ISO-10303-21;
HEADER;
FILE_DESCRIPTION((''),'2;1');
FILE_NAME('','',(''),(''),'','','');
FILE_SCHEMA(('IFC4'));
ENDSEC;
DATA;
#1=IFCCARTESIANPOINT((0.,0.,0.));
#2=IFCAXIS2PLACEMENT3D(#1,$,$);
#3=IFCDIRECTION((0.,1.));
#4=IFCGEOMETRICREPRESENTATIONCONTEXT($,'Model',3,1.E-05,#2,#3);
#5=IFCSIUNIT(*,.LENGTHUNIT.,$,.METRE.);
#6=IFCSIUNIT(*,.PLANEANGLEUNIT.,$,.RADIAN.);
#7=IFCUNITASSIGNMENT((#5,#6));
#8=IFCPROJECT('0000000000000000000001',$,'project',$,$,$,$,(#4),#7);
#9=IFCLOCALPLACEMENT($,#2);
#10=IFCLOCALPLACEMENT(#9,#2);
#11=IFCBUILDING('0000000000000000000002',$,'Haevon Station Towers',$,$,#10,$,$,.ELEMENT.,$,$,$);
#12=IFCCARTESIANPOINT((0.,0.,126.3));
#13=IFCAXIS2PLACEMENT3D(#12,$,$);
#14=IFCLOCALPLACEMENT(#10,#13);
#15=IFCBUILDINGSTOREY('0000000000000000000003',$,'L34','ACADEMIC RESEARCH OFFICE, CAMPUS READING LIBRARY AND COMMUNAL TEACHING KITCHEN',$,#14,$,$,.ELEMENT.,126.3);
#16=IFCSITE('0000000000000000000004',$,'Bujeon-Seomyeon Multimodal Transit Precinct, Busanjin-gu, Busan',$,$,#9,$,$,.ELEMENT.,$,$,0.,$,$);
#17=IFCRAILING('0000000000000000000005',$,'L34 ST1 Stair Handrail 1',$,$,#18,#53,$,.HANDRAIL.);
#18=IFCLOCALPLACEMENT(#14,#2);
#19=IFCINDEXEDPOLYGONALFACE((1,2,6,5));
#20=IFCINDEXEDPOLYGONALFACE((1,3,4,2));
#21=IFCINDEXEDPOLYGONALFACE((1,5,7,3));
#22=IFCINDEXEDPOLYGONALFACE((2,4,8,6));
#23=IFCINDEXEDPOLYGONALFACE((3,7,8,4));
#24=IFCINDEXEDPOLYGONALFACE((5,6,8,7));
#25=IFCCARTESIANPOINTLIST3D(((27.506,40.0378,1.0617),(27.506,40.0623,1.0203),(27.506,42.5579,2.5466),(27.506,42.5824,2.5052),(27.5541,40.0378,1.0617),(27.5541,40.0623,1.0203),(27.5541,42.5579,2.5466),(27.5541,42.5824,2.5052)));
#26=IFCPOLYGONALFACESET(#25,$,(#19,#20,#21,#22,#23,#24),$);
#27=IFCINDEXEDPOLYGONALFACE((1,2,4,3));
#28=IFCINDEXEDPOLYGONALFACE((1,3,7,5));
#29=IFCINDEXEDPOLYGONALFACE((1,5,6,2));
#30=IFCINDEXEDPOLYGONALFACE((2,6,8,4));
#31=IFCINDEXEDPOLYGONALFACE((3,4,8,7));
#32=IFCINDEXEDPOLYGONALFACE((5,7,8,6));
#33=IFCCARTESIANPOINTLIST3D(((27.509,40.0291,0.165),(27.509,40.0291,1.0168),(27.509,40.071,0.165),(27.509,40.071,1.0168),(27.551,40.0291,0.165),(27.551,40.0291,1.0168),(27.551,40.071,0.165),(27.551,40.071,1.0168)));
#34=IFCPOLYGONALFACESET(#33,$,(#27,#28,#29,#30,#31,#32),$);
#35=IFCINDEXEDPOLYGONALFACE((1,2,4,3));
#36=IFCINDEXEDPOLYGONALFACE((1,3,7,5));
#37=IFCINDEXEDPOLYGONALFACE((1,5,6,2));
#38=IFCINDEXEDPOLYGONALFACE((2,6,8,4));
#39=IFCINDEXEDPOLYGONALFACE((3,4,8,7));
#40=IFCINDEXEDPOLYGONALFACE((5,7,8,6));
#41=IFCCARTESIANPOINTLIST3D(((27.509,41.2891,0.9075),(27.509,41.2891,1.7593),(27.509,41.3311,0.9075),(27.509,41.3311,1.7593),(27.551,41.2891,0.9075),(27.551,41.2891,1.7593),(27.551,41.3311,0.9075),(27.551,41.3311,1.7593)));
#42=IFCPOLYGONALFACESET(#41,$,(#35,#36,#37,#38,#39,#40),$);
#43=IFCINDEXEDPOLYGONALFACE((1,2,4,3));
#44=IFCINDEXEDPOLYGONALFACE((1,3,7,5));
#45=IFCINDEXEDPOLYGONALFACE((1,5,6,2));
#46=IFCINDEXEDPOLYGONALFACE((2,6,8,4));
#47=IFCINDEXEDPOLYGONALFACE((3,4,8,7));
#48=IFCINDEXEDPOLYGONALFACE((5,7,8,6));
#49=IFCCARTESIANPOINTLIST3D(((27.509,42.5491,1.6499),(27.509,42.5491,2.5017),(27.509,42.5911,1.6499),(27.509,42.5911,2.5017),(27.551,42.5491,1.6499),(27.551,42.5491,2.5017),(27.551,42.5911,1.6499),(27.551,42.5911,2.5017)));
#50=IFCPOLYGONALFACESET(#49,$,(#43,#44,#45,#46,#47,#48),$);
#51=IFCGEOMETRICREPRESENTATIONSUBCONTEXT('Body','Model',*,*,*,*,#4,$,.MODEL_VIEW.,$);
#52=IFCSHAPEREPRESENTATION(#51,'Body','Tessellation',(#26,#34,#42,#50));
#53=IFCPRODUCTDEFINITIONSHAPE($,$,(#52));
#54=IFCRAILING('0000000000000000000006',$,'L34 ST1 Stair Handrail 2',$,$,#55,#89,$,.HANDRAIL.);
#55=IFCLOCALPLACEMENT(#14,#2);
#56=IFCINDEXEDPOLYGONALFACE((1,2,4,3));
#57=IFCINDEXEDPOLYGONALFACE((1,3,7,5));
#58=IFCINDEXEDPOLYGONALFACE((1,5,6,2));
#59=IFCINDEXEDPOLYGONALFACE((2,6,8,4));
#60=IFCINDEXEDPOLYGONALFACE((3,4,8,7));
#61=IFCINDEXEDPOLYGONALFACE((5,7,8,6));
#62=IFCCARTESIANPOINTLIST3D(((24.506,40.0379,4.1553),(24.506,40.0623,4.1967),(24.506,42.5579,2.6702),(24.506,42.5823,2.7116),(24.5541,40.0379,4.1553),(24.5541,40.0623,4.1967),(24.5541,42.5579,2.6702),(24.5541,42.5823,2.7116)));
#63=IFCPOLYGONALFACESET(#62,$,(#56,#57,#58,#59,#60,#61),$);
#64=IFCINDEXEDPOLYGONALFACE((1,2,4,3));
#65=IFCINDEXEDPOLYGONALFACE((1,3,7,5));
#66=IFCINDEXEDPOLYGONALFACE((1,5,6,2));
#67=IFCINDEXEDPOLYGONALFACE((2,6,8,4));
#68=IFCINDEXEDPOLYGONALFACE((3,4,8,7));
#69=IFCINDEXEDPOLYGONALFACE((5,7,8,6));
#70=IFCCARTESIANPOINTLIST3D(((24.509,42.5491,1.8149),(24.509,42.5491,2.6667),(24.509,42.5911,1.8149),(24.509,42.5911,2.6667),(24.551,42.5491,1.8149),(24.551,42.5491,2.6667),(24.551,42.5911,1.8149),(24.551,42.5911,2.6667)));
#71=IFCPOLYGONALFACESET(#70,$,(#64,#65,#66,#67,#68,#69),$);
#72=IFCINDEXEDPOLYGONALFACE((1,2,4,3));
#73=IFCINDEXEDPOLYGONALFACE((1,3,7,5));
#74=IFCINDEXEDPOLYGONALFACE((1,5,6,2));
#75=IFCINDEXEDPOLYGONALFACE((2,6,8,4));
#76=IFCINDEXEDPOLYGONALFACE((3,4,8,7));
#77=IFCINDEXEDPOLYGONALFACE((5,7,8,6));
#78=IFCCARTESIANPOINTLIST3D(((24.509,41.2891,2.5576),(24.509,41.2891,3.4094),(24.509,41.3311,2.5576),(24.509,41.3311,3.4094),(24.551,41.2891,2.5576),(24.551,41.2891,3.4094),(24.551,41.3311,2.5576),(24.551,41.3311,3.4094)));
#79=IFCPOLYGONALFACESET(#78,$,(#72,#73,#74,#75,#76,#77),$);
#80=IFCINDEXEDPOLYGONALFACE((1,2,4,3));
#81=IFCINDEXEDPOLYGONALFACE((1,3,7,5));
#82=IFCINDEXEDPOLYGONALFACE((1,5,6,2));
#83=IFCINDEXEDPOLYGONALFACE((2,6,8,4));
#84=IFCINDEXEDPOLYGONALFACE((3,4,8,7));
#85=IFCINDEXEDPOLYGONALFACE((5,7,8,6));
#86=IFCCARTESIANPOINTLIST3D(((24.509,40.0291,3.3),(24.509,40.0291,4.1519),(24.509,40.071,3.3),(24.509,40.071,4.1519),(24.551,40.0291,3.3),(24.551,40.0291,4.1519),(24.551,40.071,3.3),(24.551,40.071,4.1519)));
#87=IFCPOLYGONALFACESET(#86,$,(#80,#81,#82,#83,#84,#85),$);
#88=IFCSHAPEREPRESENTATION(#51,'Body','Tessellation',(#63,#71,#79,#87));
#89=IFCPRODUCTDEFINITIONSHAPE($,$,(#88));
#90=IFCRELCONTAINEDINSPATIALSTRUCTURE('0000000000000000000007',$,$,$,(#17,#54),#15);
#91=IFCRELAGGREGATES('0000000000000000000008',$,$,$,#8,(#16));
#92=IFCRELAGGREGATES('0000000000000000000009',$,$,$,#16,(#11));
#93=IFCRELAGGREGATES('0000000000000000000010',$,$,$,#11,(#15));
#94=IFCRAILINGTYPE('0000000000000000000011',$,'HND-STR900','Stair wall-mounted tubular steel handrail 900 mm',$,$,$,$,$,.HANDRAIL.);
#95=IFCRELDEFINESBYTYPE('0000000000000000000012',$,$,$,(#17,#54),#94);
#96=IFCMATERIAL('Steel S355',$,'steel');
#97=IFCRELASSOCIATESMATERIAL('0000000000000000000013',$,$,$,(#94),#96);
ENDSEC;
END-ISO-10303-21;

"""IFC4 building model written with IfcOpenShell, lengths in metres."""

from ifc_helpers import new_model, si_unit, direction, frame, origin, origin_2d, place, context, subcontext, project, spatial, rectangle, extrude, material, type_object, element, save


model = new_model("IFC4")

# Units and contexts
model_context = context("Model", 3, precision=1e-05, world=origin(), true_north=direction((0.0, 1.0)))
body_context = subcontext(model_context, "Body", "Model", "MODEL_VIEW")
ifc_project = project(units=[si_unit("LENGTHUNIT", "METRE"), si_unit("PLANEANGLEUNIT", "RADIAN")], contexts=[model_context])

# Site, building, storey
site_placement = place(None, origin())
site = spatial("IfcSite", under=ifc_project, at=site_placement, Name="Bujeon-Seomyeon Multimodal Transit Precinct, Busanjin-gu, Busan", CompositionType="ELEMENT", RefElevation=0.0)
building_placement = place(site_placement, origin())
building = spatial("IfcBuilding", under=site, at=building_placement, Name="Haevon Station Towers", CompositionType="ELEMENT")
storey_placement = place(building_placement, frame((0.0, 0.0, 126.3)))
storey = spatial("IfcBuildingStorey", under=building, at=storey_placement, Name="L34", Description="ACADEMIC RESEARCH OFFICE, CAMPUS READING LIBRARY AND COMMUNAL TEACHING KITCHEN", CompositionType="ELEMENT", Elevation=126.3)

# Shared definitions
ifc_material_1 = material(Name="Steel S355", Category="steel")

# Railings
railing_type_1 = type_object("IfcRailingType", Name="HND-STR900", Description="Stair wall-mounted tubular steel handrail 900 mm", PredefinedType="HANDRAIL", material=ifc_material_1)
railing_1_placement = place(storey_placement, frame((27.53, 40.05, 0.165)))
element("IfcRailing", 1, at=railing_1_placement, inside=storey, type_object=railing_type_1, Name="L34 ST1 Stair Handrail 1", PredefinedType="HANDRAIL", context=body_context, shape_type="SweptSolid", body=[
    extrude(rectangle(XDim=0.0481, YDim=0.0481, at=origin_2d()), frame((0.0, 0.0, 0.876), z_axis=(0.0, 0.861561, 0.507655), x_axis=(-1.0, 0.0, 0.0)), (0.0, 0.0, 1.0), 2.925),
    extrude(rectangle(XDim=0.042, YDim=0.042, at=origin_2d()), origin(), (0.0, 0.0, 1.0), 0.8518),
    extrude(rectangle(XDim=0.042, YDim=0.042, at=origin_2d()), frame((0.0, 1.26, 0.7424)), (0.0, 0.0, 1.0), 0.8518),
    extrude(rectangle(XDim=0.042, YDim=0.042, at=origin_2d()), frame((0.0, 2.52, 1.4849)), (0.0, 0.0, 1.0), 0.8518),
])
railing_2_placement = place(storey_placement, frame((24.53, 42.5701, 1.8149)))
element("IfcRailing", 2, at=railing_2_placement, inside=storey, type_object=railing_type_1, Name="L34 ST1 Stair Handrail 2", PredefinedType="HANDRAIL", context=body_context, shape_type="SweptSolid", body=[
    extrude(rectangle(XDim=0.0481, YDim=0.0481, at=origin_2d()), frame((0.0, 0.0, 0.876), z_axis=(0.0, -0.861524, 0.507717), x_axis=(1.0, 0.0, 0.0)), (0.0, 0.0, 1.0), 2.925),
    extrude(rectangle(XDim=0.042, YDim=0.042, at=origin_2d()), origin(), (0.0, 0.0, 1.0), 0.8518),
    extrude(rectangle(XDim=0.042, YDim=0.042, at=origin_2d()), frame((0.0, -1.26, 0.7427)), (0.0, 0.0, 1.0), 0.8518),
    extrude(rectangle(XDim=0.042, YDim=0.042, at=origin_2d()), frame((0.0, -2.52, 1.4851)), (0.0, 0.0, 1.0), 0.8518),
])

save(model, "model.ifc")
